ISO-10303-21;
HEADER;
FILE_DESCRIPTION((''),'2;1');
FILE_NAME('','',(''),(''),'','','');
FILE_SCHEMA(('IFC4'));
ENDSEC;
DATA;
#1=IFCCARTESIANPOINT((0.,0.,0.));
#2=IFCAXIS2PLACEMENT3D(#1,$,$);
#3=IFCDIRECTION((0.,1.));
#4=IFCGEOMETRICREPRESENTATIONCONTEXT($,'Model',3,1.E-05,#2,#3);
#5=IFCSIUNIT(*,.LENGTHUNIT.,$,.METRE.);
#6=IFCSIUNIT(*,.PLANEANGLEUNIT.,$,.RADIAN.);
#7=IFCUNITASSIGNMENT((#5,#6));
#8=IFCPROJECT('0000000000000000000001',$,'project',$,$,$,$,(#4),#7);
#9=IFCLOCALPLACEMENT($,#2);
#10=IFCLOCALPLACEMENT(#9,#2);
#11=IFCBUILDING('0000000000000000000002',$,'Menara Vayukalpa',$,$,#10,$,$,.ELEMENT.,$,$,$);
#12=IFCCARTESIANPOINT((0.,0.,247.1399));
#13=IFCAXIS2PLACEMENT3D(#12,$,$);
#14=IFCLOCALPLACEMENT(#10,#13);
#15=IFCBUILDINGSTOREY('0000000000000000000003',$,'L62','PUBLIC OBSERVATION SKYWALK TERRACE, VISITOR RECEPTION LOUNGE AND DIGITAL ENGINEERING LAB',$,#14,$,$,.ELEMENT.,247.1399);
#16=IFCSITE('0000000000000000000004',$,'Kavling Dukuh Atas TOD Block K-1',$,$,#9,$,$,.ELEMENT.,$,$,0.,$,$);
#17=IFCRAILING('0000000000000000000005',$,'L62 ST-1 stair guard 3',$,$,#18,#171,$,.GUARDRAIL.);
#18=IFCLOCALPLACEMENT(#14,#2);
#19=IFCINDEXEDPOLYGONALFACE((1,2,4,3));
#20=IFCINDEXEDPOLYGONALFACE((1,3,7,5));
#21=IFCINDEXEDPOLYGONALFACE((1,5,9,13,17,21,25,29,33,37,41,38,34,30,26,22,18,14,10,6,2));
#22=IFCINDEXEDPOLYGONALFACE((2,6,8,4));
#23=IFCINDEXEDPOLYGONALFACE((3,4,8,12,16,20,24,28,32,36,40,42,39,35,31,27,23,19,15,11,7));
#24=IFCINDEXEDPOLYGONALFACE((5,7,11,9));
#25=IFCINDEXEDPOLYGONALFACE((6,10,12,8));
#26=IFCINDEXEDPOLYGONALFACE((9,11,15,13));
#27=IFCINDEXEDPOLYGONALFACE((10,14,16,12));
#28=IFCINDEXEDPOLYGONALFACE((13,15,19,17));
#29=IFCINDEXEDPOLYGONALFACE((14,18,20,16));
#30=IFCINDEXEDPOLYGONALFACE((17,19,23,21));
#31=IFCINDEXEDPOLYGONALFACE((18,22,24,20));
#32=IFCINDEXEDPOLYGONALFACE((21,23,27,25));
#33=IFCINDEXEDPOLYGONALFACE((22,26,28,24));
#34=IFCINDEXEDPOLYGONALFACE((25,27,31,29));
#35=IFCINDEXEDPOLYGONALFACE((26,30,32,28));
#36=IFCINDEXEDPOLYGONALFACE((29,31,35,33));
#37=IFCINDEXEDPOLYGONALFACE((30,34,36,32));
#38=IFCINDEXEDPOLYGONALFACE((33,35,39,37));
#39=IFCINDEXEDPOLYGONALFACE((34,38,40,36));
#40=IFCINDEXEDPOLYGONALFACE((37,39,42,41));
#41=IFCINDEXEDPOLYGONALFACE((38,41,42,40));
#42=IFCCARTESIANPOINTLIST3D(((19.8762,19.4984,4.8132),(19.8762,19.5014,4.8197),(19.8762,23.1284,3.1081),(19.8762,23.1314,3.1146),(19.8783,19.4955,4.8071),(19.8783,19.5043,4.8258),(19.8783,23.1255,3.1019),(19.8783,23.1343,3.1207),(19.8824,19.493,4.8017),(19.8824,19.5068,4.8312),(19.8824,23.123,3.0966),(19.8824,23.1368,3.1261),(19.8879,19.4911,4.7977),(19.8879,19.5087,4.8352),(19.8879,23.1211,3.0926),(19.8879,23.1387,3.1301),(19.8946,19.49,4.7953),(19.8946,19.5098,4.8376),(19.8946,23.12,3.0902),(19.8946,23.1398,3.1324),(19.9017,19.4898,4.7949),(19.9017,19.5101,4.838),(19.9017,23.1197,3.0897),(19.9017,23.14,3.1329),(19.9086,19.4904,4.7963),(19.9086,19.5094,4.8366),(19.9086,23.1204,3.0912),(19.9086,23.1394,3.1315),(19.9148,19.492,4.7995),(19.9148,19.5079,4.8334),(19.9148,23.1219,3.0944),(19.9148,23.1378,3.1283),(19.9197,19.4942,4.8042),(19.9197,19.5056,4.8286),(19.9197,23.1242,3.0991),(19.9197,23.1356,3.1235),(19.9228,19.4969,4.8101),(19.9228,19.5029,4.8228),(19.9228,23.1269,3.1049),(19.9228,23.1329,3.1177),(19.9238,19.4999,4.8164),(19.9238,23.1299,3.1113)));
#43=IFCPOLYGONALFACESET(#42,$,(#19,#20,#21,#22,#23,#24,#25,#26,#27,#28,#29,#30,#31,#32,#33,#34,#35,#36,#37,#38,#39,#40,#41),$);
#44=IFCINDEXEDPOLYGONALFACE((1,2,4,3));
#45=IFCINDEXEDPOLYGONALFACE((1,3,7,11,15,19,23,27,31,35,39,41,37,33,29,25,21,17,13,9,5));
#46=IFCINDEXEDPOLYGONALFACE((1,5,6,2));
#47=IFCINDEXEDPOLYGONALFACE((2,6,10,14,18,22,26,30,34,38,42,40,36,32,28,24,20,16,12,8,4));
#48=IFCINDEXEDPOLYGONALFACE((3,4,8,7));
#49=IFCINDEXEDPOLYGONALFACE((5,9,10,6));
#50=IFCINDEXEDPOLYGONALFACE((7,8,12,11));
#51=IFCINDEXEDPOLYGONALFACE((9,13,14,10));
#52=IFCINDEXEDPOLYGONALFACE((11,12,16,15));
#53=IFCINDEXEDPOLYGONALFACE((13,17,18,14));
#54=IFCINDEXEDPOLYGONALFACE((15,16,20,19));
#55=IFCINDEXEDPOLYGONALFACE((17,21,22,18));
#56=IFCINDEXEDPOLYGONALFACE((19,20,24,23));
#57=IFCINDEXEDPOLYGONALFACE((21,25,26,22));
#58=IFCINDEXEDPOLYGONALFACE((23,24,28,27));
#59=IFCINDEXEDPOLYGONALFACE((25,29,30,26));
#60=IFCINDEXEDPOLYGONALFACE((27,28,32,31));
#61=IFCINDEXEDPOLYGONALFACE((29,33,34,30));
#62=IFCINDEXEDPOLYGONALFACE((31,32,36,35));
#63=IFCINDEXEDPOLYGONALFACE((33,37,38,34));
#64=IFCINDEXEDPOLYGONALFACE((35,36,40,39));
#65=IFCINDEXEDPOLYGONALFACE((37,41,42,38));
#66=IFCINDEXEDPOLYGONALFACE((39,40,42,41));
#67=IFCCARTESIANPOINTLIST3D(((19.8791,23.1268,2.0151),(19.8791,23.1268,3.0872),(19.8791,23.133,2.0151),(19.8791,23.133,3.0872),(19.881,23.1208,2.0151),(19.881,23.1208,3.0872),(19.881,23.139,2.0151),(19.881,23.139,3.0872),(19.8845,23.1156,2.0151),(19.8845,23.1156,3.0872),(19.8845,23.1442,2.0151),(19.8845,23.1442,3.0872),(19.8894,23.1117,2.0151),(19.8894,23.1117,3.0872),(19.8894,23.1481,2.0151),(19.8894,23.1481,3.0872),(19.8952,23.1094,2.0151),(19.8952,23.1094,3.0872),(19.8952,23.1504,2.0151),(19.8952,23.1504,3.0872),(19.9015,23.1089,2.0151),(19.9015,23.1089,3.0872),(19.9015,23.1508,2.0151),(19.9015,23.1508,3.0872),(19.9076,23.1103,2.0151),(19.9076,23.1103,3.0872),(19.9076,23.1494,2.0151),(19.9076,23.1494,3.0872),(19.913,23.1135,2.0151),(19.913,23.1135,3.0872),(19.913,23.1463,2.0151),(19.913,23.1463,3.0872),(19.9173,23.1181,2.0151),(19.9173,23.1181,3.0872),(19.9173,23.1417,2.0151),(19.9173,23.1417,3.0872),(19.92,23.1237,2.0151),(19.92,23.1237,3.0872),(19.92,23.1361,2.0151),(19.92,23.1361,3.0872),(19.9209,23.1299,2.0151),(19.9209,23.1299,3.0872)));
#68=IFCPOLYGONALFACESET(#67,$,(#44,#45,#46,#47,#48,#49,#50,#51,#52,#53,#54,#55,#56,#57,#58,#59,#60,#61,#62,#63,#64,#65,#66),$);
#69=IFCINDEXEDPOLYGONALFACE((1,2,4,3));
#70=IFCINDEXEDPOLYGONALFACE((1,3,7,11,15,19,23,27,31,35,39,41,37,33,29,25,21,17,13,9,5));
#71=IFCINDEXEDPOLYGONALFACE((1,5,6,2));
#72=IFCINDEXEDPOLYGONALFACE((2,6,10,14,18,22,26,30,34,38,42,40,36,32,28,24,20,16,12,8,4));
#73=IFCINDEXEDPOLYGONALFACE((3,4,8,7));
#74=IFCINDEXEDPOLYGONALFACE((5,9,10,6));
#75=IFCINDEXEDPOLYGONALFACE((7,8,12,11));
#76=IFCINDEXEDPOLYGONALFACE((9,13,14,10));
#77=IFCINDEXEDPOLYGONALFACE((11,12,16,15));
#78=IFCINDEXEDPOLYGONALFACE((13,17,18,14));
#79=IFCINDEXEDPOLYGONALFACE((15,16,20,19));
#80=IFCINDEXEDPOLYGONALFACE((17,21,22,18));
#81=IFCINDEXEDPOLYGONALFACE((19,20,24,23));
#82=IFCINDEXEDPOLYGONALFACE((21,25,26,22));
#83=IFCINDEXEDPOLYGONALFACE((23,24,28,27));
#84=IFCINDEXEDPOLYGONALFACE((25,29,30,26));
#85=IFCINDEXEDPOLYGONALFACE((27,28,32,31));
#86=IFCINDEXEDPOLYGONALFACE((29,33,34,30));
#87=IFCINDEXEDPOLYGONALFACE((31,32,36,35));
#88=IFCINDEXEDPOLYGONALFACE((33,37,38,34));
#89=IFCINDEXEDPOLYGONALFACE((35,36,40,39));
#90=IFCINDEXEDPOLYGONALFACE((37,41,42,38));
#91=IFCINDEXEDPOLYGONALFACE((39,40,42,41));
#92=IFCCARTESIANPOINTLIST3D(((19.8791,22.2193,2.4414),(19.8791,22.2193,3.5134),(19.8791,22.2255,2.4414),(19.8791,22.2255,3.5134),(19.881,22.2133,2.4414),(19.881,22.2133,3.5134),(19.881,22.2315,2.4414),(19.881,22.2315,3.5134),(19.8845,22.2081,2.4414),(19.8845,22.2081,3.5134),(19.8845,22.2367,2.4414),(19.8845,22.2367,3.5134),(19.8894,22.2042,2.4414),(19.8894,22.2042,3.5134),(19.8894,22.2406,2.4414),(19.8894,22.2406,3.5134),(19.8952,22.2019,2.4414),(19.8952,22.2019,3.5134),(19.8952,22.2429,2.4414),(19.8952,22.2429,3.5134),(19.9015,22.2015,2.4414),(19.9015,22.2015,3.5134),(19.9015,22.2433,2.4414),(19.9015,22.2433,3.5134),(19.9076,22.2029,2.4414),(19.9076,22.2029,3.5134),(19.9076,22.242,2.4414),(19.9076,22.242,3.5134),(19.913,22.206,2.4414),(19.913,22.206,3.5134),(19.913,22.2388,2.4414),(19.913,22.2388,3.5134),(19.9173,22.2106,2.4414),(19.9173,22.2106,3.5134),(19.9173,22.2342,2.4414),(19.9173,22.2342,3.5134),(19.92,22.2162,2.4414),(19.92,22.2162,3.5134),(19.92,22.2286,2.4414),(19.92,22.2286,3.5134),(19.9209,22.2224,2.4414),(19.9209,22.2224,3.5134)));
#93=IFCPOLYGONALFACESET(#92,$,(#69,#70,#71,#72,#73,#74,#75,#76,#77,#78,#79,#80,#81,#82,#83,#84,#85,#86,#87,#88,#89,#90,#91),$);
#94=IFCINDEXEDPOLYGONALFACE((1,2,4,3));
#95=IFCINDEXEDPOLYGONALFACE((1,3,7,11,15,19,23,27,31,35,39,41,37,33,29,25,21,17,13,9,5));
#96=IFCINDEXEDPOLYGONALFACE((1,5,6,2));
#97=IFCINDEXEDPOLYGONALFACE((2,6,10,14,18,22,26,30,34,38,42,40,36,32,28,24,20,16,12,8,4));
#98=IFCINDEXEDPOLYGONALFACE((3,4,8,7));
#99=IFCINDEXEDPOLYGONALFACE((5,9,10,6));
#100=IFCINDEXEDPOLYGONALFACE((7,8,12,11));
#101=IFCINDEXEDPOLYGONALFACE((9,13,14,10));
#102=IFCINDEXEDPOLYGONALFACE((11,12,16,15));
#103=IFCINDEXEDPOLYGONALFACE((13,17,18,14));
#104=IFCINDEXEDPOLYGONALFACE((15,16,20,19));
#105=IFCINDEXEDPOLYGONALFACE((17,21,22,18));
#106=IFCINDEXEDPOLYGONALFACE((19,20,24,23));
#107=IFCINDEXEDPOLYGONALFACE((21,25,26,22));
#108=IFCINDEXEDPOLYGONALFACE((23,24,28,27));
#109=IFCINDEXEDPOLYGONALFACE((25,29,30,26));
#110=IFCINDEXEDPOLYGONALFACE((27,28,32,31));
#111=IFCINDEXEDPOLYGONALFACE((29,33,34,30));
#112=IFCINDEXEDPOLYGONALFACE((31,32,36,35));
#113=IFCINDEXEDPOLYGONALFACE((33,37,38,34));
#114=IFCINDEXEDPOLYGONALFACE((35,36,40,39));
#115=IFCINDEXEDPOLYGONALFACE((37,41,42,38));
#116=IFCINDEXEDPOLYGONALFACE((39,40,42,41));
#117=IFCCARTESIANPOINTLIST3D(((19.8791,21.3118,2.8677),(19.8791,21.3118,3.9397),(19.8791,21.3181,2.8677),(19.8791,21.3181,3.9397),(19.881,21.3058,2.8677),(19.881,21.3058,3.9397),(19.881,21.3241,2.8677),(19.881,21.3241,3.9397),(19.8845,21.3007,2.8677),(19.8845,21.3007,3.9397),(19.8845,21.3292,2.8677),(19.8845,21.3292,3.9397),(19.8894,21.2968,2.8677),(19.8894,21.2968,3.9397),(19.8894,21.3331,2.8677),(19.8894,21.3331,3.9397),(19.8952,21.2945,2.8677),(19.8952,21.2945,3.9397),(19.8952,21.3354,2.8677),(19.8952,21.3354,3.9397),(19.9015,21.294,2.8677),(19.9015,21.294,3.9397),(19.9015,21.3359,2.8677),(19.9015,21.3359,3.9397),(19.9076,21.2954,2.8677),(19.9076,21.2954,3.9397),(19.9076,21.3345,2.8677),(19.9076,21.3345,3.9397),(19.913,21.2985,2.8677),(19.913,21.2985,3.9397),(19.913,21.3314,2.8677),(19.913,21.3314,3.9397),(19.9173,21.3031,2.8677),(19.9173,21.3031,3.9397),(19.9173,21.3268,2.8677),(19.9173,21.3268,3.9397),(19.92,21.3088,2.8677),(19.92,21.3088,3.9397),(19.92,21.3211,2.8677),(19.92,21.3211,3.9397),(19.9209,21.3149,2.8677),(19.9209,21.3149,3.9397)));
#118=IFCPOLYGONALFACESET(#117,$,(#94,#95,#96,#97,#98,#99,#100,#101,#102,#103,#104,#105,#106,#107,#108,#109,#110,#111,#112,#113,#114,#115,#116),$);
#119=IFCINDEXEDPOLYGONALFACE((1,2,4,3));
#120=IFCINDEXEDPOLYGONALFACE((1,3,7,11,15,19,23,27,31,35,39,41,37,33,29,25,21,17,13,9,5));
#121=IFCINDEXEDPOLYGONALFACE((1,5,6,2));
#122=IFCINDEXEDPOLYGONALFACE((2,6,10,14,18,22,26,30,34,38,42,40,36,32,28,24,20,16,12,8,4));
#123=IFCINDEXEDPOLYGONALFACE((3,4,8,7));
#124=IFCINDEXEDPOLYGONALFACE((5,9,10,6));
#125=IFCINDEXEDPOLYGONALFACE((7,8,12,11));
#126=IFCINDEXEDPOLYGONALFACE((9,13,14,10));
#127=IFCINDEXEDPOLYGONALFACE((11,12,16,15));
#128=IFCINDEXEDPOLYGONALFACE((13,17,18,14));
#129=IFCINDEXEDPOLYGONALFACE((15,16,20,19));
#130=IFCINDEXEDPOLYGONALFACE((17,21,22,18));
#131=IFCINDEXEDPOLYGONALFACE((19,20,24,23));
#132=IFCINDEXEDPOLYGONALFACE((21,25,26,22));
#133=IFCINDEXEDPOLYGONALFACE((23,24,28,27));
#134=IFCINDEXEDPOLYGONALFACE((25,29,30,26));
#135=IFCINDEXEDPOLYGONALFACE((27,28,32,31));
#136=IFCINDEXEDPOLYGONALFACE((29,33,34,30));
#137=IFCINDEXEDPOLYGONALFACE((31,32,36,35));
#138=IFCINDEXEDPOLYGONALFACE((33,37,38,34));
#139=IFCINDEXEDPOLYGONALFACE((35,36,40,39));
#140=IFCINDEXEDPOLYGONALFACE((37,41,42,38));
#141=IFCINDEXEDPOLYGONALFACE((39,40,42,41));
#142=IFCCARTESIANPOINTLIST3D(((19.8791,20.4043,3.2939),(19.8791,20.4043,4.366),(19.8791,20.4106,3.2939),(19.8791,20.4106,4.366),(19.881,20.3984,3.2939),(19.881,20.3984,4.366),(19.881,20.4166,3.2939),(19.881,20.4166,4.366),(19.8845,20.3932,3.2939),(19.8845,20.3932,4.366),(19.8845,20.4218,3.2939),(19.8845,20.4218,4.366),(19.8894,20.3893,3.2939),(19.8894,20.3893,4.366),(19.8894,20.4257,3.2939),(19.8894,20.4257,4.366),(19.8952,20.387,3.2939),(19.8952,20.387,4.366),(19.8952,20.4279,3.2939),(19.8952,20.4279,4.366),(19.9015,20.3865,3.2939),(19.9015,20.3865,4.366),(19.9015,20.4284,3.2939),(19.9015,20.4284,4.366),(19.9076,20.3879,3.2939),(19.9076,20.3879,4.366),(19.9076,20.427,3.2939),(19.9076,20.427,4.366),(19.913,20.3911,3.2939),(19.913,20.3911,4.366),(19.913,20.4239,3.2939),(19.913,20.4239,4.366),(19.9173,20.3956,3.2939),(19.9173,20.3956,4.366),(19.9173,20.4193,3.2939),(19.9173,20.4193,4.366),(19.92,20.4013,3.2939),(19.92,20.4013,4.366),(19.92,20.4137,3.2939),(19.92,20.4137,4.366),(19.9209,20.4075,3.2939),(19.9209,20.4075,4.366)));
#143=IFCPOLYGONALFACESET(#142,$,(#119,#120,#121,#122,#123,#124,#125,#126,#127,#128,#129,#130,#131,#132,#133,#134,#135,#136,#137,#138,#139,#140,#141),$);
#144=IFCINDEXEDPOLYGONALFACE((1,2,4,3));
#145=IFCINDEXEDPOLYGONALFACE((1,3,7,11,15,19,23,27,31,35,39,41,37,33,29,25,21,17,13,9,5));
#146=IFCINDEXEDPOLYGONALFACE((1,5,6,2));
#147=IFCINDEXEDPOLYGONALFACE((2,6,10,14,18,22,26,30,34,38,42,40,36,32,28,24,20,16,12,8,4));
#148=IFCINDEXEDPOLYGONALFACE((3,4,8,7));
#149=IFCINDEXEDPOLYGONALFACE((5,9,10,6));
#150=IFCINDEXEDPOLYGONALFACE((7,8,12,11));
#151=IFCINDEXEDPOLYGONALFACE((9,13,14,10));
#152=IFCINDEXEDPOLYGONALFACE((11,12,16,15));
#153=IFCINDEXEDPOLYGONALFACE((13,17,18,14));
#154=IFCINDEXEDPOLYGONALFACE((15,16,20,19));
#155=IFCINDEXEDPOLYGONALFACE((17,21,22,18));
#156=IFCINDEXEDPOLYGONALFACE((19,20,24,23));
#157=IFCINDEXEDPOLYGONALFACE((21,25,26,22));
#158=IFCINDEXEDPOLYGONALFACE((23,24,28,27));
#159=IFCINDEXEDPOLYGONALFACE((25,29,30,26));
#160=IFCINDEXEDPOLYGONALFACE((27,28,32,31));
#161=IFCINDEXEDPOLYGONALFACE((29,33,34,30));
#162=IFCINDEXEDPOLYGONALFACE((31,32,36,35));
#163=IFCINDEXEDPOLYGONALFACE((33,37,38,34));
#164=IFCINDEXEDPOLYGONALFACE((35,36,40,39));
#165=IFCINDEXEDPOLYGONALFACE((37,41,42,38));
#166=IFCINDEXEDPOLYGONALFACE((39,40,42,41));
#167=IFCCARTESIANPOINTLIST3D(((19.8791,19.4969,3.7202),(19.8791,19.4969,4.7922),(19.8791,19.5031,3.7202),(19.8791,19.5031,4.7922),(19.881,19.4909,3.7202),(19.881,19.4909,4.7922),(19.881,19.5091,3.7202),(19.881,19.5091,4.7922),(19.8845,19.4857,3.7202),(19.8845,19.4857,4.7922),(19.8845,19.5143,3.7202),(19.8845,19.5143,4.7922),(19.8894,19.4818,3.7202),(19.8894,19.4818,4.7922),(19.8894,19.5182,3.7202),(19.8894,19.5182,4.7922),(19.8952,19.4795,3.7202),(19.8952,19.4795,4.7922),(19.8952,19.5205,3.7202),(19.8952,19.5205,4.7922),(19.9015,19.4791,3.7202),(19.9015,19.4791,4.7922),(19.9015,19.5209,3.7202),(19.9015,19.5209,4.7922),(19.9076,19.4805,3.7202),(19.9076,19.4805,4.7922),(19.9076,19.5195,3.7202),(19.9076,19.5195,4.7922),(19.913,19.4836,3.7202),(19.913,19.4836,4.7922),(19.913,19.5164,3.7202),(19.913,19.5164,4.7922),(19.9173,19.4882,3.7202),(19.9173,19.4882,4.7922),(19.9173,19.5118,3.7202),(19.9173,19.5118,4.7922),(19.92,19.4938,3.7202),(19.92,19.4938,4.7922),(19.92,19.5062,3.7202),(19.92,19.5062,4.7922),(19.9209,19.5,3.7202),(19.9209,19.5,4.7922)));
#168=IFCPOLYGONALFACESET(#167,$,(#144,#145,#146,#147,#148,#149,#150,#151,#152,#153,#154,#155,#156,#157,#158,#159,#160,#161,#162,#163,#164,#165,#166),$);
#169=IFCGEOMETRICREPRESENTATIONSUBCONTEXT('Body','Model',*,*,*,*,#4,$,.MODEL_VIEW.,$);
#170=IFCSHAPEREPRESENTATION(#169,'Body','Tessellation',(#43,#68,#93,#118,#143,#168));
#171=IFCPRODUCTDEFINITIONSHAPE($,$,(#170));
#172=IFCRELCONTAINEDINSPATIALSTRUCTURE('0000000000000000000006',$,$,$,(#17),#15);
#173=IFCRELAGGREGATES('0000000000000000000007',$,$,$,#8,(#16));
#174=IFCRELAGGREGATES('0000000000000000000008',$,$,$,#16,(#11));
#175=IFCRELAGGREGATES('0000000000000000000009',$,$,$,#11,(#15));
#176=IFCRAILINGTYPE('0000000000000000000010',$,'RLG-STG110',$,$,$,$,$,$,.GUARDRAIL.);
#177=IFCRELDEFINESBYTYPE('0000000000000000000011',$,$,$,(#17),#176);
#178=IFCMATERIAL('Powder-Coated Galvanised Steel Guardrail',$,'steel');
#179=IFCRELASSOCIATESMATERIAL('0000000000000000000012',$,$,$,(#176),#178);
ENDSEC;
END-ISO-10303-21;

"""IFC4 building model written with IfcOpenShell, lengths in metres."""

from ifc_helpers import new_model, si_unit, direction, frame, origin, origin_2d, place, context, subcontext, project, spatial, circle, extrude, material, type_object, element, save


model = new_model("IFC4")

# Units and contexts
model_context = context("Model", 3, precision=1e-05, world=origin(), true_north=direction((0.0, 1.0)))
body_context = subcontext(model_context, "Body", "Model", "MODEL_VIEW")
ifc_project = project(units=[si_unit("LENGTHUNIT", "METRE"), si_unit("PLANEANGLEUNIT", "RADIAN")], contexts=[model_context])

# Site, building, storey
site_placement = place(None, origin())
site = spatial("IfcSite", under=ifc_project, at=site_placement, Name="Kavling Dukuh Atas TOD Block K-1", CompositionType="ELEMENT", RefElevation=0.0)
building_placement = place(site_placement, origin())
building = spatial("IfcBuilding", under=site, at=building_placement, Name="Menara Vayukalpa", CompositionType="ELEMENT")
storey_placement = place(building_placement, frame((0.0, 0.0, 247.1399)))
storey = spatial("IfcBuildingStorey", under=building, at=storey_placement, Name="L62", Description="PUBLIC OBSERVATION SKYWALK TERRACE, VISITOR RECEPTION LOUNGE AND DIGITAL ENGINEERING LAB", CompositionType="ELEMENT", Elevation=247.1399)

# Railing
ifc_material_1 = material(Name="Powder-Coated Galvanised Steel Guardrail", Category="steel")
railing_type_1 = type_object("IfcRailingType", Name="RLG-STG110", PredefinedType="GUARDRAIL", material=ifc_material_1)
railing_1_placement = place(storey_placement, frame((19.8999, 23.1299, 2.0151)))
element("IfcRailing", 1, at=railing_1_placement, inside=storey, type_object=railing_type_1, Name="L62 ST-1 stair guard 3", PredefinedType="GUARDRAIL", context=body_context, shape_type="SweptSolid", body=[
    extrude(circle(Radius=0.0239, at=origin_2d()), frame((0.0, 0.0, 1.0962), z_axis=(0.0, -0.905116, 0.425164), x_axis=(1.0, 0.0, 0.0)), (0.0, 0.0, 1.0), 4.0105),
    extrude(circle(Radius=0.021, at=origin_2d()), origin(), (0.0, 0.0, 1.0), 1.072),
    extrude(circle(Radius=0.021, at=origin_2d()), frame((0.0, -0.9075, 0.4263)), (0.0, 0.0, 1.0), 1.072),
    extrude(circle(Radius=0.021, at=origin_2d()), frame((0.0, -1.8149, 0.8525)), (0.0, 0.0, 1.0), 1.072),
    extrude(circle(Radius=0.021, at=origin_2d()), frame((0.0, -2.7224, 1.2788)), (0.0, 0.0, 1.0), 1.072),
    extrude(circle(Radius=0.021, at=origin_2d()), frame((0.0, -3.6299, 1.7051)), (0.0, 0.0, 1.0), 1.072),
])

save(model, "model.ifc")
